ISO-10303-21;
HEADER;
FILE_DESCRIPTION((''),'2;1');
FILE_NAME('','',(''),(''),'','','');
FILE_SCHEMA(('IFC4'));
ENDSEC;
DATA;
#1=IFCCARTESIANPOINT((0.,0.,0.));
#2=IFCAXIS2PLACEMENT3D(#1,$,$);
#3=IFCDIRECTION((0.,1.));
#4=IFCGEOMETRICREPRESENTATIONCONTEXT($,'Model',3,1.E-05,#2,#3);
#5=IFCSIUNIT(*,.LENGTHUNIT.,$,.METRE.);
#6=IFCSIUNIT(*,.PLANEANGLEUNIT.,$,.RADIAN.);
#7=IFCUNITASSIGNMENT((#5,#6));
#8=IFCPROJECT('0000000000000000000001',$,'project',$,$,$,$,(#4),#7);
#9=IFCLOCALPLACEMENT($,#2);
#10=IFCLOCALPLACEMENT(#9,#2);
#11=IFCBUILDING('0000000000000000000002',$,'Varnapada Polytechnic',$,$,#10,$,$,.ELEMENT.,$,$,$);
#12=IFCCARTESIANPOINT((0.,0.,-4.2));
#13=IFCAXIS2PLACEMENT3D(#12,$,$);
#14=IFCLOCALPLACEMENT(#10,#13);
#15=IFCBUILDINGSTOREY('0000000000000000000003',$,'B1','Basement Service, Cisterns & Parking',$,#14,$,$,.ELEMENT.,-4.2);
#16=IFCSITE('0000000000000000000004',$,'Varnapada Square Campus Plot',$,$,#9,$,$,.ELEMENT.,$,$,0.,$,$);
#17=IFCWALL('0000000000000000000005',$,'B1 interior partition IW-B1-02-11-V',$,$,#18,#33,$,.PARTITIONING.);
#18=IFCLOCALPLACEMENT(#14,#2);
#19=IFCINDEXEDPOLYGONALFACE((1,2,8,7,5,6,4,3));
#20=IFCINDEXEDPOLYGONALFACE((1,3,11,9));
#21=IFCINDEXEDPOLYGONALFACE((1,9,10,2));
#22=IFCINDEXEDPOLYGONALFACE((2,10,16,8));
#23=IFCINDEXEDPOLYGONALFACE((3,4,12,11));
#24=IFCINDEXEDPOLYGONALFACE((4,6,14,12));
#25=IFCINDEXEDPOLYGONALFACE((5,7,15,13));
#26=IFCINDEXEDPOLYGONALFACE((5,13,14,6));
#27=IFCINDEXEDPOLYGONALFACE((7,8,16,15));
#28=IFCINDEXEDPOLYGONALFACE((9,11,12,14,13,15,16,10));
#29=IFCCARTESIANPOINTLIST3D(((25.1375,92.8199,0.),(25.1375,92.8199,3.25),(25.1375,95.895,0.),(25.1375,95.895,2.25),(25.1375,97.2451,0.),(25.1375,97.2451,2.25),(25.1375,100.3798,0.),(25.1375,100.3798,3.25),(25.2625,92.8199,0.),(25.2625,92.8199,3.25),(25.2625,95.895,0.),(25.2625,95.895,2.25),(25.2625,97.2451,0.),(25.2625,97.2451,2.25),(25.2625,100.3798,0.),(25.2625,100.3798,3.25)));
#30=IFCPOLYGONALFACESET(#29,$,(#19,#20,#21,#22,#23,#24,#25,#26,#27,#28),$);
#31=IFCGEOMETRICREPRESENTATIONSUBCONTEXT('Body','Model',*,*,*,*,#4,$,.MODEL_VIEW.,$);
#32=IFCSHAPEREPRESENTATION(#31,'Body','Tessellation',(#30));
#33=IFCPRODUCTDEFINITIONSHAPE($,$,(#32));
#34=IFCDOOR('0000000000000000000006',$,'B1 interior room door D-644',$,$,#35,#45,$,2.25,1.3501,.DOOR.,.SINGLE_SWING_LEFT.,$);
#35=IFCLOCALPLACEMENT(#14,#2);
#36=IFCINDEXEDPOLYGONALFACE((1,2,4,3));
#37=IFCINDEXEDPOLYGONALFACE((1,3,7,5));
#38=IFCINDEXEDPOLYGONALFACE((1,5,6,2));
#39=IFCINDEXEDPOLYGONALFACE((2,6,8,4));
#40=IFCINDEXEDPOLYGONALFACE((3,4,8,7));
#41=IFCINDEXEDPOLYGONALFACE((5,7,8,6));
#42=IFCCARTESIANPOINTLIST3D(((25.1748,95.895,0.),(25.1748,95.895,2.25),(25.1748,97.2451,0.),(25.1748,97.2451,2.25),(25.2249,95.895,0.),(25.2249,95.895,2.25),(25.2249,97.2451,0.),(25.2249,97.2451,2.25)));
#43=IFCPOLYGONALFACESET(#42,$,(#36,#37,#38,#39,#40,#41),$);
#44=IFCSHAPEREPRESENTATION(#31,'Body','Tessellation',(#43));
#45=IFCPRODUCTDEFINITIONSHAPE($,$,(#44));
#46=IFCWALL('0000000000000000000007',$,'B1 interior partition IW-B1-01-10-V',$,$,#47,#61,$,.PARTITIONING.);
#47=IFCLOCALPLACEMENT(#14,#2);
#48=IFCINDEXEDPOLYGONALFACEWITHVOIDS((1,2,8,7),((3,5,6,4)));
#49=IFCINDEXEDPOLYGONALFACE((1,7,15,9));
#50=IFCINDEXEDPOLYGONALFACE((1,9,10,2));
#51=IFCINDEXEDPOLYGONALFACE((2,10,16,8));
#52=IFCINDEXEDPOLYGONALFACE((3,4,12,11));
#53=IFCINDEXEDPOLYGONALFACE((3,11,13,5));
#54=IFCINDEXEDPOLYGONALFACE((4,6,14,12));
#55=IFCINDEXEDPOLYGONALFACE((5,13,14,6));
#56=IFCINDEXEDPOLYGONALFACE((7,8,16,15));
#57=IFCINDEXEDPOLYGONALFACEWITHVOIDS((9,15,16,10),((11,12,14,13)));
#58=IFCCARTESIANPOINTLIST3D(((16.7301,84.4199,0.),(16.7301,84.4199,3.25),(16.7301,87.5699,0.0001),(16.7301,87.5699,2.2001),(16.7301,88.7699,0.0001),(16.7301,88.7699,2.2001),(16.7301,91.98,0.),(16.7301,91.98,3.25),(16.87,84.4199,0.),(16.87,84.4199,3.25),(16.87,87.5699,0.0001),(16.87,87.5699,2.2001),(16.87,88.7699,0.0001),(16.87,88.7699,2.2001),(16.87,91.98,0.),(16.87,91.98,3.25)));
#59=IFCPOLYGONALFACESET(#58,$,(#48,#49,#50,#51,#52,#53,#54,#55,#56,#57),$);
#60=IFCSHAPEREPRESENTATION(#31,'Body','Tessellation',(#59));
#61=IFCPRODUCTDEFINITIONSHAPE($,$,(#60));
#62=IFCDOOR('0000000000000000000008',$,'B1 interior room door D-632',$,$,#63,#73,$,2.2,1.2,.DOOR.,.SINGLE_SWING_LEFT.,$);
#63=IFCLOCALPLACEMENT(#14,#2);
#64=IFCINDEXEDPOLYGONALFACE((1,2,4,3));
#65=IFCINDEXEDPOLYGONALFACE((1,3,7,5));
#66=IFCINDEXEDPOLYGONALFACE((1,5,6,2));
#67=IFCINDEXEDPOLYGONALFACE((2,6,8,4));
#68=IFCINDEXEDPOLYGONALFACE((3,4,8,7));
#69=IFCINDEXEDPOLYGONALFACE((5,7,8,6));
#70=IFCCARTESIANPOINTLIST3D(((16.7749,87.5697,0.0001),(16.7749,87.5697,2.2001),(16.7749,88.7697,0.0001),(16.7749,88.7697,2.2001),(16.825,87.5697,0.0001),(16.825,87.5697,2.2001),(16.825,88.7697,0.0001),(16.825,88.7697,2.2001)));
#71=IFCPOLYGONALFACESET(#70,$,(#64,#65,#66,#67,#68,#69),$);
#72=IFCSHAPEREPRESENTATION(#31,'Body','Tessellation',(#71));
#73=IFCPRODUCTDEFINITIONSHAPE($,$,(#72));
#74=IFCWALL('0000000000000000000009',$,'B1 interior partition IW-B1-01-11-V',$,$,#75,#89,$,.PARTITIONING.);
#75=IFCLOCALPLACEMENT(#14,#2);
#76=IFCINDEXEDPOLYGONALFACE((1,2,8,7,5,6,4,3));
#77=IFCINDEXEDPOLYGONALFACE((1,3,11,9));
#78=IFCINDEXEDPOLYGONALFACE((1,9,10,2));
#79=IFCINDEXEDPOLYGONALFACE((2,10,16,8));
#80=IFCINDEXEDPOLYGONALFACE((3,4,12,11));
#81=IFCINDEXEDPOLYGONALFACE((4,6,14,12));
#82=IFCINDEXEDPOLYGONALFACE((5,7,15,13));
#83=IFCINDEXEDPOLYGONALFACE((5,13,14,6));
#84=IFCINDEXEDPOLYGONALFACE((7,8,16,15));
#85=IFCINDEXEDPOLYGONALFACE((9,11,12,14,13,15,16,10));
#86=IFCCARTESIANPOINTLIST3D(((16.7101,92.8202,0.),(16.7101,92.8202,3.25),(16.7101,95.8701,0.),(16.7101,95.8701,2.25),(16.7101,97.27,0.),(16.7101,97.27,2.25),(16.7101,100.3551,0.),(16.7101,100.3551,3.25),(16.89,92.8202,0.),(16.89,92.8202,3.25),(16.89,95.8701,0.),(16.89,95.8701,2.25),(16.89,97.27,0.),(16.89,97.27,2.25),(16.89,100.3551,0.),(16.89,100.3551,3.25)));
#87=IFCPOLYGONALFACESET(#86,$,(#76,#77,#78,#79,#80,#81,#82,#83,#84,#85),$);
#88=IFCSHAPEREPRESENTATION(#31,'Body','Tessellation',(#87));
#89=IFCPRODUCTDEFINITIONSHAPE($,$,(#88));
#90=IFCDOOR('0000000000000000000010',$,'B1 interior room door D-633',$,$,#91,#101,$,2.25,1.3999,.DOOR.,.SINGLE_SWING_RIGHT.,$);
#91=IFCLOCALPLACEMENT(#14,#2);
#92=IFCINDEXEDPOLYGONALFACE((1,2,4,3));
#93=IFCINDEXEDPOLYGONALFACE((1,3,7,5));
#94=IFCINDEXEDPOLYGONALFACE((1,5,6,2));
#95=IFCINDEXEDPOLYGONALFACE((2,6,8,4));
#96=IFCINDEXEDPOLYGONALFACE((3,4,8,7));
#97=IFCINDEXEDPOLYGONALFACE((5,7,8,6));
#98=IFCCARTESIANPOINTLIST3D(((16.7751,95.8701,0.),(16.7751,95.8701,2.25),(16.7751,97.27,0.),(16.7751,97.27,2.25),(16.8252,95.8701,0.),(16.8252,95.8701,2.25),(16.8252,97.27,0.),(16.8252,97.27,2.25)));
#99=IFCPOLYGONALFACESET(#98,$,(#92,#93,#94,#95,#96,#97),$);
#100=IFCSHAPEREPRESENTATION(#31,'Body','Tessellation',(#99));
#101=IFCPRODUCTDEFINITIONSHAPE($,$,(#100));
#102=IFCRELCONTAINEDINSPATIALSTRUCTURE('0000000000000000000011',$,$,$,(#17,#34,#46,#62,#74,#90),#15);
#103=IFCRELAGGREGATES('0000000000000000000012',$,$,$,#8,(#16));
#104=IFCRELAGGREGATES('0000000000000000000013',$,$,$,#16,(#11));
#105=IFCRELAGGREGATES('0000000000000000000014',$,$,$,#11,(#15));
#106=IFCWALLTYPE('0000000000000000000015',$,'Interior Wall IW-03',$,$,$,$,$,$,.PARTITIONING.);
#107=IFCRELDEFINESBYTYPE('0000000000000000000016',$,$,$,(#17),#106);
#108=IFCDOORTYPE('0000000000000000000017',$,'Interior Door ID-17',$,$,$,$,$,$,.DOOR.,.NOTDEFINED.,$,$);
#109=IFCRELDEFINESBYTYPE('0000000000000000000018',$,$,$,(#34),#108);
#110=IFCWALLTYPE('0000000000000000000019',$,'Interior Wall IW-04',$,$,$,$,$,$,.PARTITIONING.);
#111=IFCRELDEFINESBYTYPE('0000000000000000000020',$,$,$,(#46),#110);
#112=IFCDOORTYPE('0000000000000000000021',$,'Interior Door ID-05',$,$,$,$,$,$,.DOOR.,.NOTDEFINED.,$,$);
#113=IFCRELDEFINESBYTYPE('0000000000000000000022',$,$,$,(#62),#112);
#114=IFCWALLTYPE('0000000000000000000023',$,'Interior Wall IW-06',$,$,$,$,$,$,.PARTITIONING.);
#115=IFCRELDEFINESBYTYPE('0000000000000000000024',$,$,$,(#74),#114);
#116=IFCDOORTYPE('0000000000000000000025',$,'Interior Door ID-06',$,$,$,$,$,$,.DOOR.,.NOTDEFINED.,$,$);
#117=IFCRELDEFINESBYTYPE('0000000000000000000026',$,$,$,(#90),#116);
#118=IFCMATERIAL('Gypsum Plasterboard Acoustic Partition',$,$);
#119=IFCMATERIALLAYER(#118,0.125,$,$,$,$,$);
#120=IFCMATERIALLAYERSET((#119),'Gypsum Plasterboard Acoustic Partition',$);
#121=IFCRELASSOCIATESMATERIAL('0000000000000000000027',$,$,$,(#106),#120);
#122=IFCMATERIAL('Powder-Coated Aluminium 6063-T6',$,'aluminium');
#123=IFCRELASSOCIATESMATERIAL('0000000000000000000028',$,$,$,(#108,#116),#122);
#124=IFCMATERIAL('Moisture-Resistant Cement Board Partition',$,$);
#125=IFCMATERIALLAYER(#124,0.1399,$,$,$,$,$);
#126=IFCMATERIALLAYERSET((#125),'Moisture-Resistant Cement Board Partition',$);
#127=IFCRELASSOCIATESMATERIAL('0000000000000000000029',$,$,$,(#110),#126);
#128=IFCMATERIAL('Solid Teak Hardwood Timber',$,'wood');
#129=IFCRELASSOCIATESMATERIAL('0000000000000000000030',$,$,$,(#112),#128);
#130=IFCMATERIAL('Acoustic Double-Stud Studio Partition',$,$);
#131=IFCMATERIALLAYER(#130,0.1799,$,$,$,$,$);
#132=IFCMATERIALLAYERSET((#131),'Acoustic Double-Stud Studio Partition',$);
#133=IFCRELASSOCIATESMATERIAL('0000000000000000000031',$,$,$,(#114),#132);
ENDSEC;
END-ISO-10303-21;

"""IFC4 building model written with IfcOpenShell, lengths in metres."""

from ifc_helpers import new_model, si_unit, direction, frame, frame_2d, origin, place, context, subcontext, project, spatial, rectangle, extrude, material, layer, layer_set, type_object, element, fill, save


model = new_model("IFC4")

# Units and contexts
model_context = context("Model", 3, precision=1e-05, world=origin(), true_north=direction((0.0, 1.0)))
body_context = subcontext(model_context, "Body", "Model", "MODEL_VIEW")
ifc_project = project(units=[si_unit("LENGTHUNIT", "METRE"), si_unit("PLANEANGLEUNIT", "RADIAN")], contexts=[model_context])

# Site, building, storey
site_placement = place(None, origin())
site = spatial("IfcSite", under=ifc_project, at=site_placement, Name="Varnapada Square Campus Plot", CompositionType="ELEMENT", RefElevation=0.0)
building_placement = place(site_placement, origin())
building = spatial("IfcBuilding", under=site, at=building_placement, Name="Varnapada Polytechnic", CompositionType="ELEMENT")
storey_placement = place(building_placement, frame((0.0, 0.0, -4.2)))
storey = spatial("IfcBuildingStorey", under=building, at=storey_placement, Name="B1", Description="Basement Service, Cisterns & Parking", CompositionType="ELEMENT", Elevation=-4.2)

# Shared definitions
ifc_material_1 = material(Name="Solid Teak Hardwood Timber", Category="wood")

# Walls, openings, doors
ifc_material_2 = material(Name="Gypsum Plasterboard Acoustic Partition")
ifc_layer_1 = layer(ifc_material_2, 0.125)
ifc_layer_set_1 = layer_set([ifc_layer_1], Name="Gypsum Plasterboard Acoustic Partition")
wall_type_1 = type_object("IfcWallType", Name="Interior Wall IW-03", PredefinedType="PARTITIONING", material=ifc_layer_set_1)
wall_1_placement = place(storey_placement, frame((25.2, 92.8201, 0.0), z_axis=(0.0, 0.0, 1.0), x_axis=(0.0, 1.0, 0.0)))
wall_1 = element("IfcWall", 1, at=wall_1_placement, inside=storey, type_object=wall_type_1, Name="B1 interior partition IW-B1-02-11-V", PredefinedType="PARTITIONING", context=body_context, shape_type="SweptSolid", body=[
    extrude(rectangle(XDim=7.5598, YDim=0.125, at=frame_2d((3.7798, 0.0))), origin(), (0.0, 0.0, 1.0), 3.25),
])
opening_1_placement = place(wall_1_placement, frame((3.075, 0.0, 0.0)))
opening_1 = element("IfcOpeningElement", 2, at=opening_1_placement, cuts=wall_1, PredefinedType="OPENING", context=body_context, shape_type="SweptSolid", body=[
    extrude(rectangle(XDim=1.3501, YDim=2.25, at=frame_2d((0.675, 1.125))), frame((0.0, 0.0725, 0.0), z_axis=(0.0, -1.0, 0.0), x_axis=(1.0, 0.0, 0.0)), (0.0, 0.0, 1.0), 0.145),
])
ifc_material_3 = material(Name="Powder-Coated Aluminium 6063-T6", Category="aluminium")
door_type_1 = type_object("IfcDoorType", Name="Interior Door ID-17", OperationType="NOTDEFINED", PredefinedType="DOOR", material=ifc_material_3)
door_1_placement = place(opening_1_placement, frame((1.3501, 0.0, 0.0), z_axis=(0.0, 0.0, 1.0), x_axis=(-1.0, 0.0, 0.0)))
door_1 = element("IfcDoor", 3, at=door_1_placement, inside=storey, type_object=door_type_1, Name="B1 interior room door D-644", OperationType="SINGLE_SWING_LEFT", OverallHeight=2.25, OverallWidth=1.3501, PredefinedType="DOOR", context=body_context, shape_type="SweptSolid", body=[
    extrude(rectangle(XDim=1.3501, YDim=2.25, at=frame_2d((0.675, 1.125))), frame((0.0, 0.0249, 0.0), z_axis=(0.0, -1.0, 0.0), x_axis=(1.0, 0.0, 0.0)), (0.0, 0.0, 1.0), 0.05),
])
fill(opening_1, door_1)
ifc_material_4 = material(Name="Moisture-Resistant Cement Board Partition")
ifc_layer_2 = layer(ifc_material_4, 0.1399)
ifc_layer_set_2 = layer_set([ifc_layer_2], Name="Moisture-Resistant Cement Board Partition")
wall_type_2 = type_object("IfcWallType", Name="Interior Wall IW-04", PredefinedType="PARTITIONING", material=ifc_layer_set_2)
wall_2_placement = place(storey_placement, frame((16.8, 84.4199, 0.0), z_axis=(0.0, 0.0, 1.0), x_axis=(0.0, 1.0, 0.0)))
wall_2 = element("IfcWall", 4, at=wall_2_placement, inside=storey, type_object=wall_type_2, Name="B1 interior partition IW-B1-01-10-V", PredefinedType="PARTITIONING", context=body_context, shape_type="SweptSolid", body=[
    extrude(rectangle(XDim=7.5601, YDim=0.1399, at=frame_2d((3.78, 0.0))), origin(), (0.0, 0.0, 1.0), 3.25),
])
opening_2_placement = place(wall_2_placement, frame((3.1499, 0.0, 0.0)))
opening_2 = element("IfcOpeningElement", 5, at=opening_2_placement, cuts=wall_2, PredefinedType="OPENING", context=body_context, shape_type="SweptSolid", body=[
    extrude(rectangle(XDim=1.2, YDim=2.2, at=frame_2d((0.6001, 1.1001))), frame((0.0, 0.0798, 0.0), z_axis=(0.0, -1.0, 0.0), x_axis=(1.0, 0.0, 0.0)), (0.0, 0.0, 1.0), 0.1599),
])
door_type_2 = type_object("IfcDoorType", Name="Interior Door ID-05", OperationType="NOTDEFINED", PredefinedType="DOOR", material=ifc_material_1)
door_2_placement = place(opening_2_placement, frame((1.2, 0.0, 0.0), z_axis=(0.0, 0.0, 1.0), x_axis=(-1.0, 0.0, 0.0)))
door_2 = element("IfcDoor", 6, at=door_2_placement, inside=storey, type_object=door_type_2, Name="B1 interior room door D-632", OperationType="SINGLE_SWING_LEFT", OverallHeight=2.2, OverallWidth=1.2, PredefinedType="DOOR", context=body_context, shape_type="SweptSolid", body=[
    extrude(rectangle(XDim=1.2, YDim=2.2, at=frame_2d((0.6001, 1.1001))), frame((0.0, 0.0249, 0.0), z_axis=(0.0, -1.0, 0.0), x_axis=(1.0, 0.0, 0.0)), (0.0, 0.0, 1.0), 0.05),
])
fill(opening_2, door_2)
ifc_material_5 = material(Name="Acoustic Double-Stud Studio Partition")
ifc_layer_3 = layer(ifc_material_5, 0.1799)
ifc_layer_set_3 = layer_set([ifc_layer_3], Name="Acoustic Double-Stud Studio Partition")
wall_type_3 = type_object("IfcWallType", Name="Interior Wall IW-06", PredefinedType="PARTITIONING", material=ifc_layer_set_3)
wall_3_placement = place(storey_placement, frame((16.8, 92.8201, 0.0), z_axis=(0.0, 0.0, 1.0), x_axis=(0.0, 1.0, 0.0)))
wall_3 = element("IfcWall", 7, at=wall_3_placement, inside=storey, type_object=wall_type_3, Name="B1 interior partition IW-B1-01-11-V", PredefinedType="PARTITIONING", context=body_context, shape_type="SweptSolid", body=[
    extrude(rectangle(XDim=7.5349, YDim=0.1799, at=frame_2d((3.7676, 0.0))), origin(), (0.0, 0.0, 1.0), 3.25),
])
opening_3_placement = place(wall_3_placement, frame((3.05, 0.0, 0.0)))
opening_3 = element("IfcOpeningElement", 8, at=opening_3_placement, cuts=wall_3, PredefinedType="OPENING", context=body_context, shape_type="SweptSolid", body=[
    extrude(rectangle(XDim=1.3999, YDim=2.25, at=frame_2d((0.7, 1.125))), frame((0.0, 0.0999, 0.0), z_axis=(0.0, -1.0, 0.0), x_axis=(1.0, 0.0, 0.0)), (0.0, 0.0, 1.0), 0.2),
])
door_type_3 = type_object("IfcDoorType", Name="Interior Door ID-06", OperationType="NOTDEFINED", PredefinedType="DOOR", material=ifc_material_3)
door_3_placement = place(opening_3_placement, origin())
door_3 = element("IfcDoor", 9, at=door_3_placement, inside=storey, type_object=door_type_3, Name="B1 interior room door D-633", OperationType="SINGLE_SWING_RIGHT", OverallHeight=2.25, OverallWidth=1.3999, PredefinedType="DOOR", context=body_context, shape_type="SweptSolid", body=[
    extrude(rectangle(XDim=1.3999, YDim=2.25, at=frame_2d((0.7, 1.125))), frame((0.0, 0.0249, 0.0), z_axis=(0.0, -1.0, 0.0), x_axis=(1.0, 0.0, 0.0)), (0.0, 0.0, 1.0), 0.05),
])
fill(opening_3, door_3)

save(model, "model.ifc")
